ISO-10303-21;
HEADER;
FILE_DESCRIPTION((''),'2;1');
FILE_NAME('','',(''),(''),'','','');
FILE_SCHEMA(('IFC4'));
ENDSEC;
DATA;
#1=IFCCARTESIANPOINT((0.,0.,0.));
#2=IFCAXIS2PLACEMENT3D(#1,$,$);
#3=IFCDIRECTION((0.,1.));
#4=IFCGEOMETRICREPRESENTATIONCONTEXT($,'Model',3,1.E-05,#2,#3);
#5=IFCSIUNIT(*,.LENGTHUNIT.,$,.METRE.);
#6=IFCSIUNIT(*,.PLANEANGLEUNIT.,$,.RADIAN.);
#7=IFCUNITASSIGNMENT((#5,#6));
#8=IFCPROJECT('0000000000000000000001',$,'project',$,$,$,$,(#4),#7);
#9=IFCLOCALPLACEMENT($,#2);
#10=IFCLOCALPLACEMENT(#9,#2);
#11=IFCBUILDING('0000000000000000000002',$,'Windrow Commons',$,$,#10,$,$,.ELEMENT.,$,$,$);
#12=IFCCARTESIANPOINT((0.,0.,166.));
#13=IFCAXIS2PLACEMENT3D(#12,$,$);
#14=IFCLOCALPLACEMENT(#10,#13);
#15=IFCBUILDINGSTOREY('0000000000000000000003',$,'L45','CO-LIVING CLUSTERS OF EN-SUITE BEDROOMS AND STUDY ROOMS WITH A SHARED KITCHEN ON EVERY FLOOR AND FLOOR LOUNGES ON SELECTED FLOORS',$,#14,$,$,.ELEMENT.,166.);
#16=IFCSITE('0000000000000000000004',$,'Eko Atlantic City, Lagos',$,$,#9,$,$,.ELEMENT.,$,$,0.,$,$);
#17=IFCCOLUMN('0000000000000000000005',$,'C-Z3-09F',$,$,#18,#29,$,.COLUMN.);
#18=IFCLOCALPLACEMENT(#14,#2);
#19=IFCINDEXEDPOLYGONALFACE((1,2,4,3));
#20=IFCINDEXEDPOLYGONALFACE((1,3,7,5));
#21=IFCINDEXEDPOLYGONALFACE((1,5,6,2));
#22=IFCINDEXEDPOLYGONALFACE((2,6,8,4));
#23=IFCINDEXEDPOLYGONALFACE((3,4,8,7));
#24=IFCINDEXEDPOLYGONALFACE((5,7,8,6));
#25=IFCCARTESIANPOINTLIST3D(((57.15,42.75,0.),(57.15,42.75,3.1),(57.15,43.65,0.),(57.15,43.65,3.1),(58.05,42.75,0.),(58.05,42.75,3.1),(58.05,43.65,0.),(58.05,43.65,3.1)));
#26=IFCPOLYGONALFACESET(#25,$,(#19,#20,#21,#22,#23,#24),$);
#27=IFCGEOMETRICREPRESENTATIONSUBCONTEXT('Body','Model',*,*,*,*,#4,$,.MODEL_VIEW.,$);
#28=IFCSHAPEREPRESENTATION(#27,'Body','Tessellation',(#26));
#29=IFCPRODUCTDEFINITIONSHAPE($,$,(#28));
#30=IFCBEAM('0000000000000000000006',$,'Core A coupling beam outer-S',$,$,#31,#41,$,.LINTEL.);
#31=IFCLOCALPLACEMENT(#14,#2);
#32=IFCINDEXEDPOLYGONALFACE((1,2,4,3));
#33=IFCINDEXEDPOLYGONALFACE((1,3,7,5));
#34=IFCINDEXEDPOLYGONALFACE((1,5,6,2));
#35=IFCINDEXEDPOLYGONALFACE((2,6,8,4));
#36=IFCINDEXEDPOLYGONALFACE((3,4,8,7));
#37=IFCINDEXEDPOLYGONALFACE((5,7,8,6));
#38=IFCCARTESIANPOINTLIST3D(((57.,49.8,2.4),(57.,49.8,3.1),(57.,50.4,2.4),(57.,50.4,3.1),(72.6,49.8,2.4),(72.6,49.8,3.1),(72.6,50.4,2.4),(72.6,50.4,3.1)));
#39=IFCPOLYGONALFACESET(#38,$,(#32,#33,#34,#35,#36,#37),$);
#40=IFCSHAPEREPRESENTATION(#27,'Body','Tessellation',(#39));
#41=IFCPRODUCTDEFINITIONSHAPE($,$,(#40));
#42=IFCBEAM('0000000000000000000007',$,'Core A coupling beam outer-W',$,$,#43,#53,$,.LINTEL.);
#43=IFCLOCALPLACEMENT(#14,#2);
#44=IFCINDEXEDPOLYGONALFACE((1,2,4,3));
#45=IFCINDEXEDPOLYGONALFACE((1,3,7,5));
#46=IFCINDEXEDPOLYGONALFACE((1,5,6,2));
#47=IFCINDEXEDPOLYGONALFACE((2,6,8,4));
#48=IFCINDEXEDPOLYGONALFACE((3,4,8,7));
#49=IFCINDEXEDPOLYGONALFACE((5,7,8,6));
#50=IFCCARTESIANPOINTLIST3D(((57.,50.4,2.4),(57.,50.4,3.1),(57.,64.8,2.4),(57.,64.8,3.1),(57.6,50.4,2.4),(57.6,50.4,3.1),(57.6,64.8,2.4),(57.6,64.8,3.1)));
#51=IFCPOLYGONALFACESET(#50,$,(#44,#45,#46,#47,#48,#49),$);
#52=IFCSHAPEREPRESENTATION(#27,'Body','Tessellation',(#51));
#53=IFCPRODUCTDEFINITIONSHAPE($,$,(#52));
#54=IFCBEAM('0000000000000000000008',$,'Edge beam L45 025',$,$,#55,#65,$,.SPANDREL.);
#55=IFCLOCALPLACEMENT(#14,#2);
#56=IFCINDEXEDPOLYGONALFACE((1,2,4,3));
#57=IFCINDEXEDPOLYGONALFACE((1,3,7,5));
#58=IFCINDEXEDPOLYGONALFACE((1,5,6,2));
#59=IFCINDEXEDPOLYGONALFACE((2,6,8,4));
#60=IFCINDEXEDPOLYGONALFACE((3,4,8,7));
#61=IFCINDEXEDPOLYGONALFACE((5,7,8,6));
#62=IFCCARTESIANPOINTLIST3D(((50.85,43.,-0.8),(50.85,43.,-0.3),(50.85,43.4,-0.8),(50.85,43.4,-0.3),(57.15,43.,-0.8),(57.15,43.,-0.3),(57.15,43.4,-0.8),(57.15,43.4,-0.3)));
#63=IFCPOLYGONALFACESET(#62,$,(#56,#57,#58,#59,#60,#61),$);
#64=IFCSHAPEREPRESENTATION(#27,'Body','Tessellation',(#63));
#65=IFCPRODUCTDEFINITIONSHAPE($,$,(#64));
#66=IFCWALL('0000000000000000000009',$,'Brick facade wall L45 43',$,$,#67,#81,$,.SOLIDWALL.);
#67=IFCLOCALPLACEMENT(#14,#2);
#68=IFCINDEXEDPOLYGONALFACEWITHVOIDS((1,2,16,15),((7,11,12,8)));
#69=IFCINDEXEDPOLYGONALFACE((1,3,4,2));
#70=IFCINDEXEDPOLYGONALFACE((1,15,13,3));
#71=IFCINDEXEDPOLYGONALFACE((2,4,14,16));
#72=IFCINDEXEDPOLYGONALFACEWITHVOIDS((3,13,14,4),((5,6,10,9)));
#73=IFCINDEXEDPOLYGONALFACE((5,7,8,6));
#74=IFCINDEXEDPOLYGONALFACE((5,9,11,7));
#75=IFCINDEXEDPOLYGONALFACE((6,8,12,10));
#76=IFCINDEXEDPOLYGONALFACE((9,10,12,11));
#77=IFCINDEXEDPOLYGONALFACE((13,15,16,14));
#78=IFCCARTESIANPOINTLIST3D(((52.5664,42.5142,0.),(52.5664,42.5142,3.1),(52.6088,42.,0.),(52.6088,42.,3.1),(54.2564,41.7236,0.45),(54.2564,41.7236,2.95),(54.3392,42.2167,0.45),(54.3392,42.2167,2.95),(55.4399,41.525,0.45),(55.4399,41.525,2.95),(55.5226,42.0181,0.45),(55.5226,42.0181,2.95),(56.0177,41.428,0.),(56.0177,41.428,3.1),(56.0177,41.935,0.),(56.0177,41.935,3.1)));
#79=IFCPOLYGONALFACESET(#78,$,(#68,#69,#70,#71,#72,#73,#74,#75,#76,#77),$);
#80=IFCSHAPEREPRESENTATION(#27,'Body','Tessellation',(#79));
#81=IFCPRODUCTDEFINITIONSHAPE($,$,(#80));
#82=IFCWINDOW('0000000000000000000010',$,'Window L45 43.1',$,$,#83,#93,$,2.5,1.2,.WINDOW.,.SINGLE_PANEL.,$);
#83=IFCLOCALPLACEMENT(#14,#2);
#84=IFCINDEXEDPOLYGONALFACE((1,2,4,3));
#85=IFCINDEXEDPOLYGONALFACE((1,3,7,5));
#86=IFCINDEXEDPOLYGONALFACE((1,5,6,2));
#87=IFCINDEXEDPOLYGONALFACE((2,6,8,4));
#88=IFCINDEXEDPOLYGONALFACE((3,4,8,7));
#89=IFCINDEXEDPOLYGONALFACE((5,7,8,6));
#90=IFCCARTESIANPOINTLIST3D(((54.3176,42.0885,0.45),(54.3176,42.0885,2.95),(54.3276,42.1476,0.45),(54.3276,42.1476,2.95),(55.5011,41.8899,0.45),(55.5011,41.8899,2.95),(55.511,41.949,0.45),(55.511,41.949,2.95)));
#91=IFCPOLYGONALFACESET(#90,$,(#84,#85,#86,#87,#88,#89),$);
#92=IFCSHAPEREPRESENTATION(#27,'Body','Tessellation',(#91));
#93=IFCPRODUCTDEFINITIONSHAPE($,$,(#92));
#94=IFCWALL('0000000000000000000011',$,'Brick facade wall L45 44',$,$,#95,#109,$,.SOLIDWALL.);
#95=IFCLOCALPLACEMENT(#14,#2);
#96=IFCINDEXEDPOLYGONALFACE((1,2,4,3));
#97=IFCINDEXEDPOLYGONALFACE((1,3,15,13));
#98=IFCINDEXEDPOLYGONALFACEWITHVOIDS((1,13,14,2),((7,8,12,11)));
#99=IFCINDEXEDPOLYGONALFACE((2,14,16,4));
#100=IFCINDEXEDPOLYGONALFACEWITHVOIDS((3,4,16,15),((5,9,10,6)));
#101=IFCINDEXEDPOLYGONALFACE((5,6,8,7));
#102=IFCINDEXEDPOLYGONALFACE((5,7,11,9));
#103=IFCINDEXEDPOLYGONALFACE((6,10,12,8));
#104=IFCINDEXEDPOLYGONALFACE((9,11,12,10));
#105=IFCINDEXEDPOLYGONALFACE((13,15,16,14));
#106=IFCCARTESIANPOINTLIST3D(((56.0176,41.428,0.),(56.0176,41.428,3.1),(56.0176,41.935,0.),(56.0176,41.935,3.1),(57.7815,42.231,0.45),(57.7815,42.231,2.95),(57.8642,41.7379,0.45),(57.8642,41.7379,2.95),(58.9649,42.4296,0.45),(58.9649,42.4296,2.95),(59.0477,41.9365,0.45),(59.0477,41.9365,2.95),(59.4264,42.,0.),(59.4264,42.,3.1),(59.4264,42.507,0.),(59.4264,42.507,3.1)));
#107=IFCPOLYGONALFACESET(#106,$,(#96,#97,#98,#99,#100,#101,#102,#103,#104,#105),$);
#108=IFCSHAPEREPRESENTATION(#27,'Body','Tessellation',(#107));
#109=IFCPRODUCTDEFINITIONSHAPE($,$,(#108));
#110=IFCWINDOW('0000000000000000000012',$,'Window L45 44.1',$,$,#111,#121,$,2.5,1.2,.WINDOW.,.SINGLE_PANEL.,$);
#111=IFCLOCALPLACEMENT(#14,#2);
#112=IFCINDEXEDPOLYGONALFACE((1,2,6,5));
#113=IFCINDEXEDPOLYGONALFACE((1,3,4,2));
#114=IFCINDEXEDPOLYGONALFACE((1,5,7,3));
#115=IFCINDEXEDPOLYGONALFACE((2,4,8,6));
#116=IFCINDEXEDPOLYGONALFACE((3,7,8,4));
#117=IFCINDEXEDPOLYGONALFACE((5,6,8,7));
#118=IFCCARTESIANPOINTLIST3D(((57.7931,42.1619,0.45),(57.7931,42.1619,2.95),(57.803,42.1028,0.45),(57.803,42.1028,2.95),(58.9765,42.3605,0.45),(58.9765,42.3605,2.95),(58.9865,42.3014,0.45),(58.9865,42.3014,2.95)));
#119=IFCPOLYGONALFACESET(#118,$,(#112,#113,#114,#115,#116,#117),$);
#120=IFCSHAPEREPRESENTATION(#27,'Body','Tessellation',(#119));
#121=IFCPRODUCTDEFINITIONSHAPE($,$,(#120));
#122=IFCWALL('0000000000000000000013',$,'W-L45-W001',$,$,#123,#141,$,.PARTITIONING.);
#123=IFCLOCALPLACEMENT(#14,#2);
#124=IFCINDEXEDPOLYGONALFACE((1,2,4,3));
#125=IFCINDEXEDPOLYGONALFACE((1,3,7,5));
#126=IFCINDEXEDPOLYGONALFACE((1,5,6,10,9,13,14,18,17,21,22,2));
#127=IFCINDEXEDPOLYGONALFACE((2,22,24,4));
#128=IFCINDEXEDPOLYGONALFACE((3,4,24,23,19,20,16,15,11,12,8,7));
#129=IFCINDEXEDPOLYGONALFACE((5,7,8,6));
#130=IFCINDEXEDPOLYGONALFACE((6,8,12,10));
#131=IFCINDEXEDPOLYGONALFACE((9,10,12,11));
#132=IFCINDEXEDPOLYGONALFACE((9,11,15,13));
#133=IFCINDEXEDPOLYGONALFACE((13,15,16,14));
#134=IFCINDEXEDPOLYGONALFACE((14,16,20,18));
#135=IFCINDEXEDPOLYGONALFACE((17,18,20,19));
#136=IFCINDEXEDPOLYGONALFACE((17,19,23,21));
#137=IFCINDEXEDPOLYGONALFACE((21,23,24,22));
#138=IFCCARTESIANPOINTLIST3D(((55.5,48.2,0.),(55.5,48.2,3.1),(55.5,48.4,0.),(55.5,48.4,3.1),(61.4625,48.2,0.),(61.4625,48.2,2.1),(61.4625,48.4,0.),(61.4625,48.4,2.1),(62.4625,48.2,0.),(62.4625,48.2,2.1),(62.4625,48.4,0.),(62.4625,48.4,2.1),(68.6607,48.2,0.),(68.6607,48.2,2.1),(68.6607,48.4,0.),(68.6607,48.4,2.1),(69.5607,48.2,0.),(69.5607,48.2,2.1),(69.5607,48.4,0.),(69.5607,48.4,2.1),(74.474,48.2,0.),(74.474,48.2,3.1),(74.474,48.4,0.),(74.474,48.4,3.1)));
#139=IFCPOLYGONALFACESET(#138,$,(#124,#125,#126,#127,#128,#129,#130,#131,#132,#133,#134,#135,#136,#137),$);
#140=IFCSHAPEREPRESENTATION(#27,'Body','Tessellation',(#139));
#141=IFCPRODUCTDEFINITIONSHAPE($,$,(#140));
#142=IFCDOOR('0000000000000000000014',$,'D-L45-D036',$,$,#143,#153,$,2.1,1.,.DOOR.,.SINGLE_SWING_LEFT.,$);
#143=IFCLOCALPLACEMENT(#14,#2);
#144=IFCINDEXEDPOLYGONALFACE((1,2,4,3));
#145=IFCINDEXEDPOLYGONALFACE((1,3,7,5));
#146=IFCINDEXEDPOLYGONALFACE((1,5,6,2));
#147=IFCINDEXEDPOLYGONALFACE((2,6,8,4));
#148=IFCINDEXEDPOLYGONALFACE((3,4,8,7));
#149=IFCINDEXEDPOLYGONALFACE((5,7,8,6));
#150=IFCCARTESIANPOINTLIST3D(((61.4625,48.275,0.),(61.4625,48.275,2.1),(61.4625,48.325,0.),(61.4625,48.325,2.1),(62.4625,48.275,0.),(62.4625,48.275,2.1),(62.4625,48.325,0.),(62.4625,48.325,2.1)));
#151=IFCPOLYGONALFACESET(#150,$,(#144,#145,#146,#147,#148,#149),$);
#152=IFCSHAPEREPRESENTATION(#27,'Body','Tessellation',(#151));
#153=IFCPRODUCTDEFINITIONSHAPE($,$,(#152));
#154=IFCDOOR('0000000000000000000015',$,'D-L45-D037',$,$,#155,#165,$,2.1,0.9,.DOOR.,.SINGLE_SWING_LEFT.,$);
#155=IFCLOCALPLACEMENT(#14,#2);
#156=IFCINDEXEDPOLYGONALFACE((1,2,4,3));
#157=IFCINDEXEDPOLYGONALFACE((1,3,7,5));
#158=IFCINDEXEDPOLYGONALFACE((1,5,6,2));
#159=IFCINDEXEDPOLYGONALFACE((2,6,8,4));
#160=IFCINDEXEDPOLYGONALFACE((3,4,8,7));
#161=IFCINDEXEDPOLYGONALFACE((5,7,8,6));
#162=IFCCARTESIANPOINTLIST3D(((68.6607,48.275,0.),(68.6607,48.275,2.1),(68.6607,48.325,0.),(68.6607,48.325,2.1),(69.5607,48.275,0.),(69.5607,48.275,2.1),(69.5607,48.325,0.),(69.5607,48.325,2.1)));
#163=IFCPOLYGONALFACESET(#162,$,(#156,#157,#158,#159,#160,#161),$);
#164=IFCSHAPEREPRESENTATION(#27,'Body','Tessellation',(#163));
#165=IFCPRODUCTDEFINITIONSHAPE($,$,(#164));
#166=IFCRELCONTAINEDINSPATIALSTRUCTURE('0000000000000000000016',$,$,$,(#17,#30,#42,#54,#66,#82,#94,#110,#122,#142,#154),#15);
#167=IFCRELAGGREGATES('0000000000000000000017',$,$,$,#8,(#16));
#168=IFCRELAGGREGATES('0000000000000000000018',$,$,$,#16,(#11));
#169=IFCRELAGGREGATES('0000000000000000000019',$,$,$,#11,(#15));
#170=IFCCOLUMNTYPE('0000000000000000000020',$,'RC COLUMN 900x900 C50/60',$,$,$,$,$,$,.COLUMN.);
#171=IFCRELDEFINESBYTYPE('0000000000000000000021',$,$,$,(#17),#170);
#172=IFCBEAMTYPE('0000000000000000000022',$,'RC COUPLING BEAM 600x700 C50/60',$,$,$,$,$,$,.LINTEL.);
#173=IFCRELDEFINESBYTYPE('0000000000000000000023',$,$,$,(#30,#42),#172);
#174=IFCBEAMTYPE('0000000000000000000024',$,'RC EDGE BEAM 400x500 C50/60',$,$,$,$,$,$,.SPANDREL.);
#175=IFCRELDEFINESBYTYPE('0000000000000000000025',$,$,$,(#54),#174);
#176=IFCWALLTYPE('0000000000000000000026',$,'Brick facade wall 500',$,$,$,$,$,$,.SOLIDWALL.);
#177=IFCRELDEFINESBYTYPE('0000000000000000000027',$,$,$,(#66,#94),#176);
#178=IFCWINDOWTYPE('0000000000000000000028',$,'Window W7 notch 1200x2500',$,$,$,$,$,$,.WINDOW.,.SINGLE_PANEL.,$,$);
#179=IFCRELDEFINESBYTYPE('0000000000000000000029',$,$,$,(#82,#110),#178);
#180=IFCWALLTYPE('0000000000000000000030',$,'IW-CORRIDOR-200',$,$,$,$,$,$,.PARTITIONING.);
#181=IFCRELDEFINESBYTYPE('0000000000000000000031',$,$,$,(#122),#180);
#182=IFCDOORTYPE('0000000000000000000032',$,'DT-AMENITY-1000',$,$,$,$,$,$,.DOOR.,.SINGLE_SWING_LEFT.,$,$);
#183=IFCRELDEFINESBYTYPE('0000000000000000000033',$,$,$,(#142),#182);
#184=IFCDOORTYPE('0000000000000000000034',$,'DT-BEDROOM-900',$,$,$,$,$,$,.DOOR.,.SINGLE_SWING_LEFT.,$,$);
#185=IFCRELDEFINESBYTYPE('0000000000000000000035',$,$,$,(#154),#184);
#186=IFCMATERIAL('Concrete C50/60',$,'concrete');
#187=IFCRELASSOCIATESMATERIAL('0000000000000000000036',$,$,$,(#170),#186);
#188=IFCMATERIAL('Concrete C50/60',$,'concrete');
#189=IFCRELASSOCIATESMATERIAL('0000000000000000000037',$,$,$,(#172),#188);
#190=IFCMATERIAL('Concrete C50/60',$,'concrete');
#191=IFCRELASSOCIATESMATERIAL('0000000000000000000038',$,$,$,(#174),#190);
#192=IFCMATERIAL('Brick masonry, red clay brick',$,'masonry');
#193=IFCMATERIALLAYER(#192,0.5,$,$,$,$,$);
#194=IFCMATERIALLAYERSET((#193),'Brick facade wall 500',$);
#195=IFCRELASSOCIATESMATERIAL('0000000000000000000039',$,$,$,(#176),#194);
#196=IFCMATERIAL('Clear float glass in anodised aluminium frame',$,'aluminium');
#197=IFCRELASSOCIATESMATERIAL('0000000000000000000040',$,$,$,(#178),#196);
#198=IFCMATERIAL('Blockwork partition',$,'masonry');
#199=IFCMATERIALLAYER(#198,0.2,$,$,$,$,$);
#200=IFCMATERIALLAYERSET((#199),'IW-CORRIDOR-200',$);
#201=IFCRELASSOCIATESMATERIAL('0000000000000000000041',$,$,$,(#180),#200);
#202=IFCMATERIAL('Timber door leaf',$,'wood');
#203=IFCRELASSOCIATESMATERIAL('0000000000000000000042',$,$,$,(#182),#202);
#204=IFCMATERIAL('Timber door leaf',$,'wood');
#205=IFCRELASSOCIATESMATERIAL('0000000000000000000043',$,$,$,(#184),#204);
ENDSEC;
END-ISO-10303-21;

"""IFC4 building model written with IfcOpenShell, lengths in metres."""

from ifc_helpers import new_model, si_unit, direction, frame, frame_2d, origin, origin_2d, place, context, subcontext, project, spatial, polyline, rectangle, outline, extrude, material, layer, layer_set, material_profile, profile_set, type_object, element, fill, save


model = new_model("IFC4")

# Units and contexts
model_context = context("Model", 3, precision=1e-05, world=origin(), true_north=direction((0.0, 1.0)))
body_context = subcontext(model_context, "Body", "Model", "MODEL_VIEW")
ifc_project = project(units=[si_unit("LENGTHUNIT", "METRE"), si_unit("PLANEANGLEUNIT", "RADIAN")], contexts=[model_context])

# Site, building, storey
site_placement = place(None, origin())
site = spatial("IfcSite", under=ifc_project, at=site_placement, Name="Eko Atlantic City, Lagos", CompositionType="ELEMENT", RefElevation=0.0)
building_placement = place(site_placement, origin())
building = spatial("IfcBuilding", under=site, at=building_placement, Name="Windrow Commons", CompositionType="ELEMENT")
storey_placement = place(building_placement, frame((0.0, 0.0, 166.0)))
storey = spatial("IfcBuildingStorey", under=building, at=storey_placement, Name="L45", Description="CO-LIVING CLUSTERS OF EN-SUITE BEDROOMS AND STUDY ROOMS WITH A SHARED KITCHEN ON EVERY FLOOR AND FLOOR LOUNGES ON SELECTED FLOORS", CompositionType="ELEMENT", Elevation=166.0)

# Column
ifc_material_1 = material(Name="Concrete C50/60", Category="concrete")
ifc_material_profile_1 = material_profile(ifc_material_1, rectangle(XDim=0.9, YDim=0.9, at=origin_2d()))
ifc_profile_set_1 = profile_set([ifc_material_profile_1], Name="Concrete C50/60")
column_type = type_object("IfcColumnType", Name="RC COLUMN 900x900 C50/60", PredefinedType="COLUMN", material=ifc_profile_set_1)
column_placement = place(storey_placement, frame((57.6, 43.2, 0.0), z_axis=(0.0, 0.0, 1.0), x_axis=(1.0, 0.0, 0.0)))
element("IfcColumn", 1, at=column_placement, inside=storey, type_object=column_type, Name="C-Z3-09F", PredefinedType="COLUMN", context=body_context, shape_type="SweptSolid", body=[
    extrude(rectangle(XDim=0.9, YDim=0.9, at=origin_2d()), origin(), (0.0, 0.0, 1.0), 3.1),
])

# Beams
ifc_material_2 = material(Name="Concrete C50/60", Category="concrete")
ifc_material_profile_2 = material_profile(ifc_material_2, rectangle(XDim=0.6, YDim=0.7, at=origin_2d()))
ifc_profile_set_2 = profile_set([ifc_material_profile_2], Name="Concrete C50/60")
beam_type_1 = type_object("IfcBeamType", Name="RC COUPLING BEAM 600x700 C50/60", PredefinedType="LINTEL", material=ifc_profile_set_2)
beam_1_placement = place(storey_placement, frame((57.0, 50.1, 2.75), z_axis=(1.0, 0.0, 0.0), x_axis=(0.0, 1.0, 0.0)))
element("IfcBeam", 2, at=beam_1_placement, inside=storey, type_object=beam_type_1, Name="Core A coupling beam outer-S", PredefinedType="LINTEL", context=body_context, shape_type="SweptSolid", body=[
    extrude(rectangle(XDim=0.6, YDim=0.7, at=origin_2d()), origin(), (0.0, 0.0, 1.0), 15.6),
])
beam_2_placement = place(storey_placement, frame((57.3, 50.4, 2.75), z_axis=(0.0, 1.0, 0.0), x_axis=(-1.0, 0.0, 0.0)))
element("IfcBeam", 3, at=beam_2_placement, inside=storey, type_object=beam_type_1, Name="Core A coupling beam outer-W", PredefinedType="LINTEL", context=body_context, shape_type="SweptSolid", body=[
    extrude(rectangle(XDim=0.6, YDim=0.7, at=origin_2d()), origin(), (0.0, 0.0, 1.0), 14.4),
])
ifc_material_3 = material(Name="Concrete C50/60", Category="concrete")
ifc_material_profile_3 = material_profile(ifc_material_3, rectangle(XDim=0.4, YDim=0.5, at=origin_2d()))
ifc_profile_set_3 = profile_set([ifc_material_profile_3], Name="Concrete C50/60")
beam_type_2 = type_object("IfcBeamType", Name="RC EDGE BEAM 400x500 C50/60", PredefinedType="SPANDREL", material=ifc_profile_set_3)
beam_3_placement = place(storey_placement, frame((57.15, 43.2, -0.55), z_axis=(-1.0, 0.0, 0.0), x_axis=(0.0, -1.0, 0.0)))
element("IfcBeam", 4, at=beam_3_placement, inside=storey, type_object=beam_type_2, Name="Edge beam L45 025", PredefinedType="SPANDREL", context=body_context, shape_type="SweptSolid", body=[
    extrude(rectangle(XDim=0.4, YDim=0.5, at=origin_2d()), origin(), (0.0, 0.0, 1.0), 6.3),
])

# Walls, openings, windows
ifc_material_4 = material(Name="Brick masonry, red clay brick", Category="masonry")
ifc_layer_1 = layer(ifc_material_4, 0.5)
ifc_layer_set_1 = layer_set([ifc_layer_1], Name="Brick facade wall 500")
wall_type_1 = type_object("IfcWallType", Name="Brick facade wall 500", PredefinedType="SOLIDWALL", material=ifc_layer_set_1)
wall_1_placement = place(storey_placement, frame((52.5876, 42.2571, 0.0), z_axis=(0.0, 0.0, 1.0), x_axis=(0.98621, -0.165499, 0.0)))
wall_1 = element("IfcWall", 5, at=wall_1_placement, inside=storey, type_object=wall_type_1, Name="Brick facade wall L45 43", PredefinedType="SOLIDWALL", context=body_context, shape_type="SweptSolid", body=[
    extrude(outline(polyline([(0.0635, -0.25), (3.52, -0.25), (3.4361, 0.25), (-0.0635, 0.25), (0.0635, -0.25)])), origin(), (0.0, 0.0, 1.0), 3.1),
])
opening_1_placement = place(wall_1_placement, frame((1.7341, 0.0, 0.45)))
opening_1 = element("IfcOpeningElement", 6, at=opening_1_placement, cuts=wall_1, PredefinedType="OPENING", context=body_context, shape_type="SweptSolid", body=[
    extrude(rectangle(XDim=1.2, YDim=2.5, at=frame_2d((0.6, 1.25))), frame((0.0, 0.26, 0.0), z_axis=(0.0, -1.0, 0.0), x_axis=(1.0, 0.0, 0.0)), (0.0, 0.0, 1.0), 0.52),
])
ifc_material_5 = material(Name="Clear float glass in anodised aluminium frame", Category="aluminium")
window_type = type_object("IfcWindowType", Name="Window W7 notch 1200x2500", PartitioningType="SINGLE_PANEL", PredefinedType="WINDOW", material=ifc_material_5)
window_1_placement = place(opening_1_placement, origin())
window_1 = element("IfcWindow", 7, at=window_1_placement, inside=storey, type_object=window_type, Name="Window L45 43.1", OverallHeight=2.5, OverallWidth=1.2, PartitioningType="SINGLE_PANEL", PredefinedType="WINDOW", context=body_context, shape_type="SweptSolid", body=[
    extrude(rectangle(XDim=1.2, YDim=2.5, at=frame_2d((0.6, 1.25))), frame((0.0, 0.18, 0.0), z_axis=(0.0, -1.0, 0.0), x_axis=(1.0, 0.0, 0.0)), (0.0, 0.0, 1.0), 0.06),
])
fill(opening_1, window_1)
wall_2_placement = place(storey_placement, frame((56.0176, 41.6815, 0.0), z_axis=(0.0, 0.0, 1.0), x_axis=(0.986212, 0.165487, 0.0)))
wall_2 = element("IfcWall", 8, at=wall_2_placement, inside=storey, type_object=wall_type_1, Name="Brick facade wall L45 44", PredefinedType="SOLIDWALL", context=body_context, shape_type="SweptSolid", body=[
    extrude(outline(polyline([(-0.042, -0.25), (3.4145, -0.25), (3.4984, 0.25), (0.042, 0.25), (-0.042, -0.25)])), origin(), (0.0, 0.0, 1.0), 3.1),
])
opening_2_placement = place(wall_2_placement, frame((1.8305, 0.0, 0.45)))
opening_2 = element("IfcOpeningElement", 9, at=opening_2_placement, cuts=wall_2, PredefinedType="OPENING", context=body_context, shape_type="SweptSolid", body=[
    extrude(rectangle(XDim=1.2, YDim=2.5, at=frame_2d((0.6, 1.25))), frame((0.0, 0.26, 0.0), z_axis=(0.0, -1.0, 0.0), x_axis=(1.0, 0.0, 0.0)), (0.0, 0.0, 1.0), 0.52),
])
window_2_placement = place(opening_2_placement, origin())
window_2 = element("IfcWindow", 10, at=window_2_placement, inside=storey, type_object=window_type, Name="Window L45 44.1", OverallHeight=2.5, OverallWidth=1.2, PartitioningType="SINGLE_PANEL", PredefinedType="WINDOW", context=body_context, shape_type="SweptSolid", body=[
    extrude(rectangle(XDim=1.2, YDim=2.5, at=frame_2d((0.6, 1.25))), frame((0.0, 0.18, 0.0), z_axis=(0.0, -1.0, 0.0), x_axis=(1.0, 0.0, 0.0)), (0.0, 0.0, 1.0), 0.06),
])
fill(opening_2, window_2)

# Wall, openings, doors
ifc_material_6 = material(Name="Blockwork partition", Category="masonry")
ifc_layer_2 = layer(ifc_material_6, 0.2)
ifc_layer_set_2 = layer_set([ifc_layer_2], Name="IW-CORRIDOR-200")
wall_type_2 = type_object("IfcWallType", Name="IW-CORRIDOR-200", PredefinedType="PARTITIONING", material=ifc_layer_set_2)
wall_3_placement = place(storey_placement, frame((55.5, 48.3, 0.0), z_axis=(0.0, 0.0, 1.0), x_axis=(1.0, 0.0, 0.0)))
wall_3 = element("IfcWall", 11, at=wall_3_placement, inside=storey, type_object=wall_type_2, Name="W-L45-W001", PredefinedType="PARTITIONING", context=body_context, shape_type="SweptSolid", body=[
    extrude(rectangle(XDim=18.974, YDim=0.2, at=frame_2d((9.487, 0.0))), origin(), (0.0, 0.0, 1.0), 3.1),
])
opening_3_placement = place(wall_3_placement, frame((5.9625, 0.0, 0.0)))
opening_3 = element("IfcOpeningElement", 12, at=opening_3_placement, cuts=wall_3, PredefinedType="OPENING", context=body_context, shape_type="SweptSolid", body=[
    extrude(rectangle(XDim=1.0, YDim=2.1, at=frame_2d((0.5, 1.05))), frame((0.0, 0.11, 0.0), z_axis=(0.0, -1.0, 0.0), x_axis=(1.0, 0.0, 0.0)), (0.0, 0.0, 1.0), 0.22),
])
opening_4_placement = place(wall_3_placement, frame((13.1607, 0.0, 0.0)))
opening_4 = element("IfcOpeningElement", 13, at=opening_4_placement, cuts=wall_3, PredefinedType="OPENING", context=body_context, shape_type="SweptSolid", body=[
    extrude(rectangle(XDim=0.9, YDim=2.1, at=frame_2d((0.45, 1.05))), frame((0.0, 0.11, 0.0), z_axis=(0.0, -1.0, 0.0), x_axis=(1.0, 0.0, 0.0)), (0.0, 0.0, 1.0), 0.22),
])
ifc_material_7 = material(Name="Timber door leaf", Category="wood")
door_type_1 = type_object("IfcDoorType", Name="DT-AMENITY-1000", OperationType="SINGLE_SWING_LEFT", PredefinedType="DOOR", material=ifc_material_7)
door_1_placement = place(opening_3_placement, origin())
door_1 = element("IfcDoor", 14, at=door_1_placement, inside=storey, type_object=door_type_1, Name="D-L45-D036", OperationType="SINGLE_SWING_LEFT", OverallHeight=2.1, OverallWidth=1.0, PredefinedType="DOOR", context=body_context, shape_type="SweptSolid", body=[
    extrude(rectangle(XDim=1.0, YDim=2.1, at=frame_2d((0.5, 1.05))), frame((0.0, 0.025, 0.0), z_axis=(0.0, -1.0, 0.0), x_axis=(1.0, 0.0, 0.0)), (0.0, 0.0, 1.0), 0.05),
])
fill(opening_3, door_1)
ifc_material_8 = material(Name="Timber door leaf", Category="wood")
door_type_2 = type_object("IfcDoorType", Name="DT-BEDROOM-900", OperationType="SINGLE_SWING_LEFT", PredefinedType="DOOR", material=ifc_material_8)
door_2_placement = place(opening_4_placement, origin())
door_2 = element("IfcDoor", 15, at=door_2_placement, inside=storey, type_object=door_type_2, Name="D-L45-D037", OperationType="SINGLE_SWING_LEFT", OverallHeight=2.1, OverallWidth=0.9, PredefinedType="DOOR", context=body_context, shape_type="SweptSolid", body=[
    extrude(rectangle(XDim=0.9, YDim=2.1, at=frame_2d((0.45, 1.05))), frame((0.0, 0.025, 0.0), z_axis=(0.0, -1.0, 0.0), x_axis=(1.0, 0.0, 0.0)), (0.0, 0.0, 1.0), 0.05),
])
fill(opening_4, door_2)

save(model, "model.ifc")
